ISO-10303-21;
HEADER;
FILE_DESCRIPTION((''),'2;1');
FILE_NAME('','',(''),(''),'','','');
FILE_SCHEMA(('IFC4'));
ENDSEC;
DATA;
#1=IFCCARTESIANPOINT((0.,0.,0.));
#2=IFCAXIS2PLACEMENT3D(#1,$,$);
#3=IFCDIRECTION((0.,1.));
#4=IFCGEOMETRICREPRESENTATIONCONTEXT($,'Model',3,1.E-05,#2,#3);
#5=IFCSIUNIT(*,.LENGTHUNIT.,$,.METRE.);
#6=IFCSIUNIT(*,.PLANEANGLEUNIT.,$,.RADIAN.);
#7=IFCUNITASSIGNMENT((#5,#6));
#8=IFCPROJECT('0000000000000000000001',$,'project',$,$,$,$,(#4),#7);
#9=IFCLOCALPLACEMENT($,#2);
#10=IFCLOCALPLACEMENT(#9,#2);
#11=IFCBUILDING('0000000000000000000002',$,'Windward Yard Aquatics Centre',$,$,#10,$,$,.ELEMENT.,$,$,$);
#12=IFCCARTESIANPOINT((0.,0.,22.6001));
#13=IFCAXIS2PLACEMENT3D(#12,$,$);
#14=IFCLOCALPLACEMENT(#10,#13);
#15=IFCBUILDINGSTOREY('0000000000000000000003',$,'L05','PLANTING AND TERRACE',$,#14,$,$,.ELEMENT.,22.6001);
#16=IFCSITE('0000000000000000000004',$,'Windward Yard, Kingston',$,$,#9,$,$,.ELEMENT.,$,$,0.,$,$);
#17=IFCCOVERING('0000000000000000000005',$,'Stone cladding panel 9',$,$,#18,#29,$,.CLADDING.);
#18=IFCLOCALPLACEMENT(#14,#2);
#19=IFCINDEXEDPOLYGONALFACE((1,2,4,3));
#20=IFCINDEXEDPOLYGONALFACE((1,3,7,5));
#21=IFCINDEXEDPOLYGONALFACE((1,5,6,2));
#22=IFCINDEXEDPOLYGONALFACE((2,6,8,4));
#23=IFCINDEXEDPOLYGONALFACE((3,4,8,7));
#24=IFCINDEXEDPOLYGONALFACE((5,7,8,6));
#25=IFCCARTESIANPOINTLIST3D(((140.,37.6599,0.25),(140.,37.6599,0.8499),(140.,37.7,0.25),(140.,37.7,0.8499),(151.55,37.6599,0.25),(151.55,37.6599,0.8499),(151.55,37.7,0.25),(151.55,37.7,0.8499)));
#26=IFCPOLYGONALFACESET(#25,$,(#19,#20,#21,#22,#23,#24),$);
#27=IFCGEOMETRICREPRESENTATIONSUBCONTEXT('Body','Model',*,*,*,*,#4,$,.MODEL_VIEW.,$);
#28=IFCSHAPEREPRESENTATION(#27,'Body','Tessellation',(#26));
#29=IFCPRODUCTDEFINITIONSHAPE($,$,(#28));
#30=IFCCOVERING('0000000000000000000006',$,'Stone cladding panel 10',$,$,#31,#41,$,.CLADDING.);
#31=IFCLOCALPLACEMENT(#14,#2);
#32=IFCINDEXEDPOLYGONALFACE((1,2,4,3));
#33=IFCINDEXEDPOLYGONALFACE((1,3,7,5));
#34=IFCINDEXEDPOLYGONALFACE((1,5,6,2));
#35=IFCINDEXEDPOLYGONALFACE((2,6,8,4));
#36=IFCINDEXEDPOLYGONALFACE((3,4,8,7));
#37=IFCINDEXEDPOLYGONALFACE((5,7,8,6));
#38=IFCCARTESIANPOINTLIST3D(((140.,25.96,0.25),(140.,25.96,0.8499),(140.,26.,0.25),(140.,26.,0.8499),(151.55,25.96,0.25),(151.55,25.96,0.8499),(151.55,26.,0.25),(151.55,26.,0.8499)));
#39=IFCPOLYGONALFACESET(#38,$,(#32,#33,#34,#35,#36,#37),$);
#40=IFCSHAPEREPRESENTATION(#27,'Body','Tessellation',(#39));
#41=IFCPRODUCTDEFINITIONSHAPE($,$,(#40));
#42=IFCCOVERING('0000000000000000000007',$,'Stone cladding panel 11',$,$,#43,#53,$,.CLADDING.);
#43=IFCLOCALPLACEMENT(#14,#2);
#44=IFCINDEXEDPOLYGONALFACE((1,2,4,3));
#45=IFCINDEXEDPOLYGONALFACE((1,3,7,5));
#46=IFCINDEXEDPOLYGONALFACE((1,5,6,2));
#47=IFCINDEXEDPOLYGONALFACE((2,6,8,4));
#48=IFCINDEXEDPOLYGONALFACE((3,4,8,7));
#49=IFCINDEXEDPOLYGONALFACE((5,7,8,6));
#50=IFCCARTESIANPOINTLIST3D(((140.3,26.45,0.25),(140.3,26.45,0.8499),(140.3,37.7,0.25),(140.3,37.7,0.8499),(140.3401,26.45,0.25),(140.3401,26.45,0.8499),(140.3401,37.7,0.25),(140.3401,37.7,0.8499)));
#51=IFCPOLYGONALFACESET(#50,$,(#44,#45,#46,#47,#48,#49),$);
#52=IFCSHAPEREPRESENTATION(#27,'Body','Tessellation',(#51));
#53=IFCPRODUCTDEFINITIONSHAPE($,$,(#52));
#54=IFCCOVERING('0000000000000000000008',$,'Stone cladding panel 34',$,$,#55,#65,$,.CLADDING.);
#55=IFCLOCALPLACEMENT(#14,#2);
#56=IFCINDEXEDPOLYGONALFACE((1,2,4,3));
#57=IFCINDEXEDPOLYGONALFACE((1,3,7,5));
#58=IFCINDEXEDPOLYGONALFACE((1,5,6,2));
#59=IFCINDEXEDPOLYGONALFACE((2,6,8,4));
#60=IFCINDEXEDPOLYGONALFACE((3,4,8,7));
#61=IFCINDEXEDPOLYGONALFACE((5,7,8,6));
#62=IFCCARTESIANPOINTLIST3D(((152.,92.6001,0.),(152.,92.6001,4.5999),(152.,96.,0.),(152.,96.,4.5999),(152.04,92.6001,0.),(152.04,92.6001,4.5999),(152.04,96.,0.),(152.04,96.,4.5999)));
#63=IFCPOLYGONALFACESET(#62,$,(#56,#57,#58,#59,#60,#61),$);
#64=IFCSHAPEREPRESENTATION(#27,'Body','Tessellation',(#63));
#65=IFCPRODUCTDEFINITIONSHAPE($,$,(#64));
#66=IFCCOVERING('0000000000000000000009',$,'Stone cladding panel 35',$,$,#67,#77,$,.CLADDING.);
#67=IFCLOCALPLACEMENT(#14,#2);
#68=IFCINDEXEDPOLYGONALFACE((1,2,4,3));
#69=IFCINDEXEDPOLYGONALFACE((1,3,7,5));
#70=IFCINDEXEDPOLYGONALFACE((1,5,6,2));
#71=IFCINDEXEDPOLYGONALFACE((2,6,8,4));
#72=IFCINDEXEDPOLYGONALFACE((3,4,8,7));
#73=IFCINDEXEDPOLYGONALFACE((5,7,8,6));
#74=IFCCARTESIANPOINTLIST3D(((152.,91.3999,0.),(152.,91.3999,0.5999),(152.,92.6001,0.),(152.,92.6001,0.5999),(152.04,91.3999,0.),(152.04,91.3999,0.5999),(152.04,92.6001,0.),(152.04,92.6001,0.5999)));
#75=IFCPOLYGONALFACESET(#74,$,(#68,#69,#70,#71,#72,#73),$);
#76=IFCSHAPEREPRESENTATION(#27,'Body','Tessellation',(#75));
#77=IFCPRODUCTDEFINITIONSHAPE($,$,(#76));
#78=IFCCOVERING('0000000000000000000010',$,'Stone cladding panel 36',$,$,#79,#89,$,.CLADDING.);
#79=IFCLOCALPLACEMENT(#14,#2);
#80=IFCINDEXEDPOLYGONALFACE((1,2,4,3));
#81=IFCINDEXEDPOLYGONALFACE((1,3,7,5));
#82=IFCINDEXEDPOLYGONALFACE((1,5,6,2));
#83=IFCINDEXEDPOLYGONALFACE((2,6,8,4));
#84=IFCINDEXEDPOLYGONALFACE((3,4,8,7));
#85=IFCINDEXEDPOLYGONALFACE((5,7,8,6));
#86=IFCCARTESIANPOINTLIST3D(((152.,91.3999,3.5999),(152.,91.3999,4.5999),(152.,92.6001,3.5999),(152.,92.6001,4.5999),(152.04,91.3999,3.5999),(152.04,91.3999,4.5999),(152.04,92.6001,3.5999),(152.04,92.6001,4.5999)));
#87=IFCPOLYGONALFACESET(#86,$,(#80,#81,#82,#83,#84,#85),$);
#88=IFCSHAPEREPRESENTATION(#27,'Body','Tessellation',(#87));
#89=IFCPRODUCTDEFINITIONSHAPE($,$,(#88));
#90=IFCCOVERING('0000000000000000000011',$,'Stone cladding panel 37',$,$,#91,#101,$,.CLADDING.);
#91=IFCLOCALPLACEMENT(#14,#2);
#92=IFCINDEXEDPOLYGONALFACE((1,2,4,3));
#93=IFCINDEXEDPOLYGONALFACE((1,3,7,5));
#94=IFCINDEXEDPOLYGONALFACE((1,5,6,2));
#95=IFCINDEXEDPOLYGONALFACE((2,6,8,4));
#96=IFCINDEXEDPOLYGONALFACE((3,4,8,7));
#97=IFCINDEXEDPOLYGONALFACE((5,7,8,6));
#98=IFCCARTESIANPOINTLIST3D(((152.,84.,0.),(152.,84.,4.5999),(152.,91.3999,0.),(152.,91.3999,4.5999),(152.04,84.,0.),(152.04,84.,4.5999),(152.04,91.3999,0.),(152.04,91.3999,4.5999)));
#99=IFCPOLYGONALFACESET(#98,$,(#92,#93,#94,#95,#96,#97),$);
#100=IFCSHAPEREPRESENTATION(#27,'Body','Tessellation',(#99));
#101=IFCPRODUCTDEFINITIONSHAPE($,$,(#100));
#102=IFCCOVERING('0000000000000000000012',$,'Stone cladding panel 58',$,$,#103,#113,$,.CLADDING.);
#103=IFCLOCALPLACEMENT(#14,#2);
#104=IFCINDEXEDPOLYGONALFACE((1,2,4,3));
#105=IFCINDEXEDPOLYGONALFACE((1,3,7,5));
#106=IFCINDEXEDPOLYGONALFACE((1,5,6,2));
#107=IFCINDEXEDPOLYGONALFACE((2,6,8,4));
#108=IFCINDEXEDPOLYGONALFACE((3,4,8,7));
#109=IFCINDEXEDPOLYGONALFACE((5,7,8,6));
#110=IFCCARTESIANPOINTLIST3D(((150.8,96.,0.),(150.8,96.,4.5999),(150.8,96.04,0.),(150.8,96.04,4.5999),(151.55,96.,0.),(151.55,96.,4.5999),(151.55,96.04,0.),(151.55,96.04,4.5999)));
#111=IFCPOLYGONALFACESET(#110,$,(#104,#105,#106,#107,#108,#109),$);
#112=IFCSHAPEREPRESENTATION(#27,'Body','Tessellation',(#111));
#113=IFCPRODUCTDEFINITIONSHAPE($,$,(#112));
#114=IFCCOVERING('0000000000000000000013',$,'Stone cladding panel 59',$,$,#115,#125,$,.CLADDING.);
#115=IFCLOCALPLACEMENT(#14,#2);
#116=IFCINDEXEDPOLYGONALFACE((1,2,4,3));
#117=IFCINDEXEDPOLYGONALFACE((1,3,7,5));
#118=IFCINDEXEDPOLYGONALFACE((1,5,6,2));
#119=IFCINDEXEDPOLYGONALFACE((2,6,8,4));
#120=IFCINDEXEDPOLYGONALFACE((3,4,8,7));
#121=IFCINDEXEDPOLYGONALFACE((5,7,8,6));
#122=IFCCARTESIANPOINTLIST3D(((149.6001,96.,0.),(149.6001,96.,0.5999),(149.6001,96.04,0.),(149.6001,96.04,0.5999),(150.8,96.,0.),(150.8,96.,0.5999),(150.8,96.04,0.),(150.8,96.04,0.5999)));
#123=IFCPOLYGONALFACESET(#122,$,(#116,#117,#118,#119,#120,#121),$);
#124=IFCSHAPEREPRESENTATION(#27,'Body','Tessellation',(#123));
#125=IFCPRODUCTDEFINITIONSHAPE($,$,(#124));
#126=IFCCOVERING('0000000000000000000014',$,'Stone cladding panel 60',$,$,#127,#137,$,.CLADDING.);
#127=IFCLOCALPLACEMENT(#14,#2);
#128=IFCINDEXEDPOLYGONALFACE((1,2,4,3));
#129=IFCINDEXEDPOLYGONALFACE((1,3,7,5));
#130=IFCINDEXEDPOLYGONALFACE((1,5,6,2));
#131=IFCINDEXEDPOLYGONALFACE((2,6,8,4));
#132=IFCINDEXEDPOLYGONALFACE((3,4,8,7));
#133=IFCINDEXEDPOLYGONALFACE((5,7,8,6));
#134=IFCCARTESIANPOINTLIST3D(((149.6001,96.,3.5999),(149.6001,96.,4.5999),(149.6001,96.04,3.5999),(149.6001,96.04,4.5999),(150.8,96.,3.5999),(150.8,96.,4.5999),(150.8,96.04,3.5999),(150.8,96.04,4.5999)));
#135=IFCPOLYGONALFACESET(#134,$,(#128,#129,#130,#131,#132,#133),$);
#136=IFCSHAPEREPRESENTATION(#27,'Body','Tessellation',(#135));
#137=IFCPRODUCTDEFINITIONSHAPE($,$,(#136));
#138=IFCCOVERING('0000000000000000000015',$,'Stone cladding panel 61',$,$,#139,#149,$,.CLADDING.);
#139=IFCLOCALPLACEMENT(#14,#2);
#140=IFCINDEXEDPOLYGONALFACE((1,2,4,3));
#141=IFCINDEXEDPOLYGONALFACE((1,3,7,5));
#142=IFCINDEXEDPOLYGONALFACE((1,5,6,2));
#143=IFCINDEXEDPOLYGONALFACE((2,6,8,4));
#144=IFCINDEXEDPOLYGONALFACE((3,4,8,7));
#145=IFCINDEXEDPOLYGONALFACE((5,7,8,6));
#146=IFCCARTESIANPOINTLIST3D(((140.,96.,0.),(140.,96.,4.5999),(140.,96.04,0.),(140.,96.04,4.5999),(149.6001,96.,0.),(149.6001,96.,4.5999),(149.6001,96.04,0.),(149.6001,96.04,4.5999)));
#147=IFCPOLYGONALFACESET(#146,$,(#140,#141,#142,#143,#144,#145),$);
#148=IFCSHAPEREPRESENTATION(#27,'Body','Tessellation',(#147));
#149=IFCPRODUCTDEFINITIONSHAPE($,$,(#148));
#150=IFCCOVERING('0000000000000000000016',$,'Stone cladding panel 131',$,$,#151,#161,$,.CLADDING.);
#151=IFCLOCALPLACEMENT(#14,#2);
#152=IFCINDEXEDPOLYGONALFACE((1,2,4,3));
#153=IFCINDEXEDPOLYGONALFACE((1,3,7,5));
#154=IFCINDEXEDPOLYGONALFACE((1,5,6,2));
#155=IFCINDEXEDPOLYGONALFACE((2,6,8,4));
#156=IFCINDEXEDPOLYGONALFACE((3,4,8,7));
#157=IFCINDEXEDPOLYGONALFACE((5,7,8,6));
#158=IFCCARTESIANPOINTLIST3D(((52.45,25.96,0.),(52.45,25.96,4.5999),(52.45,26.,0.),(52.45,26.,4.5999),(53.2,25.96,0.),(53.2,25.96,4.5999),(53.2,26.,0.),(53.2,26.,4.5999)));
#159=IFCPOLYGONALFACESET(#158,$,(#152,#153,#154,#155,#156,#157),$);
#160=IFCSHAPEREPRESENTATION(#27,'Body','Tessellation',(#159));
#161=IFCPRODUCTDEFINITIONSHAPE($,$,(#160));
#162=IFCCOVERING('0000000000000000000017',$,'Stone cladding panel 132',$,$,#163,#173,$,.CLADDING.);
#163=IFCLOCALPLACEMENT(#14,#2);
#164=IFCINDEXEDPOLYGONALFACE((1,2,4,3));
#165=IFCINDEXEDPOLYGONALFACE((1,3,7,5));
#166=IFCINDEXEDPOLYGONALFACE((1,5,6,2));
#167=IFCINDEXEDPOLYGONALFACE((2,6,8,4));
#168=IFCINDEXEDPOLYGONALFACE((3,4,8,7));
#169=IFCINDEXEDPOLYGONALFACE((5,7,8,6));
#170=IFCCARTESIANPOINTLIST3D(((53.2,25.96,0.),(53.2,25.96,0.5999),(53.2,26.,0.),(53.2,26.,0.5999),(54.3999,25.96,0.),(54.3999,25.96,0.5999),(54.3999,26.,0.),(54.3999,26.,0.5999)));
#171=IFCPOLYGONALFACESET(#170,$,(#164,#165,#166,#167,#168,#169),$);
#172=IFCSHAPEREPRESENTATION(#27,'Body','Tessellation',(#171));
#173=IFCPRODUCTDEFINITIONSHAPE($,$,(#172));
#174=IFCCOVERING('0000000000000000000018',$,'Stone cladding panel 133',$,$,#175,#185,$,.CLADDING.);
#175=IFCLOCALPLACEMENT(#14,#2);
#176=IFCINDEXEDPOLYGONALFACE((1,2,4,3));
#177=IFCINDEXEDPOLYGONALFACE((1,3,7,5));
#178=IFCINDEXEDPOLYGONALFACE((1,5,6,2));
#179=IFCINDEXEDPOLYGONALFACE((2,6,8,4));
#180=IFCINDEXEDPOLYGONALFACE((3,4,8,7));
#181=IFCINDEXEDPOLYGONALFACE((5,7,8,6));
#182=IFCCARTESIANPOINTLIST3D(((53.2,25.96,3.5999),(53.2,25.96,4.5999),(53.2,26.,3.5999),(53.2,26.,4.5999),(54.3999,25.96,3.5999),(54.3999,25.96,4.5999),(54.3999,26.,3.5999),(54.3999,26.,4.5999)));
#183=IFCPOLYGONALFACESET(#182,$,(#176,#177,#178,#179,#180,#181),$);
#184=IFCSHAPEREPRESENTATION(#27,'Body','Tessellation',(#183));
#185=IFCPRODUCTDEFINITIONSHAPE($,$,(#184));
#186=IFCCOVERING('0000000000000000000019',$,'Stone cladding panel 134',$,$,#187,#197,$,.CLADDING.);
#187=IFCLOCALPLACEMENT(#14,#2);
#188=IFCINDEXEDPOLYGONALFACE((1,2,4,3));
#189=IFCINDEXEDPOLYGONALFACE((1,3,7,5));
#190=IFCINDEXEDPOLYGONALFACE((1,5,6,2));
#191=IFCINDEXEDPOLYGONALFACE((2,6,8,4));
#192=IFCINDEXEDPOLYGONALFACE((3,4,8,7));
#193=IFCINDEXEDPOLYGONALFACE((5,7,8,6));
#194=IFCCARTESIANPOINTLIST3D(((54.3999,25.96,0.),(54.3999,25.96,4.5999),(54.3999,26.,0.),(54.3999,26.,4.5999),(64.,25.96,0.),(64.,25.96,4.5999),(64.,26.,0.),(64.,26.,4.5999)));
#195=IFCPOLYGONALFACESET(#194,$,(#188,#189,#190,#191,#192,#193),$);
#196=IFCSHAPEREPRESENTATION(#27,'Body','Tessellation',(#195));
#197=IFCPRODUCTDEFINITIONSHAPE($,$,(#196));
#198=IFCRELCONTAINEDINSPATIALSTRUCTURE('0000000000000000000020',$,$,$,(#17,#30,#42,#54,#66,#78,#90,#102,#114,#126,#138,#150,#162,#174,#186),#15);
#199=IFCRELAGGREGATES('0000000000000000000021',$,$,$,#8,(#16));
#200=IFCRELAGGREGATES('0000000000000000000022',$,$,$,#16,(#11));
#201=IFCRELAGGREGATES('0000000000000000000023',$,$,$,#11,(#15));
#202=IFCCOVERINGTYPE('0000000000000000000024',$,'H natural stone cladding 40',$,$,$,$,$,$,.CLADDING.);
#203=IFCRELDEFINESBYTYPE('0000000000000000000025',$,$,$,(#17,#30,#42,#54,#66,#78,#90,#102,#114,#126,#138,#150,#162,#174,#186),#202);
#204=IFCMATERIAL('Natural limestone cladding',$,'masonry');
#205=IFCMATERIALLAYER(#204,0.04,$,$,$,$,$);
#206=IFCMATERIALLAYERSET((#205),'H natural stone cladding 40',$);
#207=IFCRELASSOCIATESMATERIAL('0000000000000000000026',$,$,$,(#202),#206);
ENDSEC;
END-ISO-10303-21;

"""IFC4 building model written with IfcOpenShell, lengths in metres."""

from ifc_helpers import new_model, si_unit, direction, frame, origin, place, context, subcontext, project, spatial, polyline, outline, extrude, material, layer, layer_set, type_object, element, save


model = new_model("IFC4")

# Units and contexts
model_context = context("Model", 3, precision=1e-05, world=origin(), true_north=direction((0.0, 1.0)))
body_context = subcontext(model_context, "Body", "Model", "MODEL_VIEW")
ifc_project = project(units=[si_unit("LENGTHUNIT", "METRE"), si_unit("PLANEANGLEUNIT", "RADIAN")], contexts=[model_context])

# Site, building, storey
site_placement = place(None, origin())
site = spatial("IfcSite", under=ifc_project, at=site_placement, Name="Windward Yard, Kingston", CompositionType="ELEMENT", RefElevation=0.0)
building_placement = place(site_placement, origin())
building = spatial("IfcBuilding", under=site, at=building_placement, Name="Windward Yard Aquatics Centre", CompositionType="ELEMENT")
storey_placement = place(building_placement, frame((0.0, 0.0, 22.6001)))
storey = spatial("IfcBuildingStorey", under=building, at=storey_placement, Name="L05", Description="PLANTING AND TERRACE", CompositionType="ELEMENT", Elevation=22.6001)

# Coverings
ifc_material = material(Name="Natural limestone cladding", Category="masonry")
ifc_layer = layer(ifc_material, 0.04)
ifc_layer_set = layer_set([ifc_layer], Name="H natural stone cladding 40")
covering_type = type_object("IfcCoveringType", Name="H natural stone cladding 40", PredefinedType="CLADDING", material=ifc_layer_set)
covering_1_placement = place(storey_placement, frame((0.0, 0.0, 0.25)))
element("IfcCovering", 1, at=covering_1_placement, inside=storey, type_object=covering_type, Name="Stone cladding panel 9", PredefinedType="CLADDING", context=body_context, shape_type="SweptSolid", body=[
    extrude(outline(polyline([(140.0, 37.6599), (151.55, 37.6599), (151.55, 37.7), (140.0, 37.7), (140.0, 37.6599)])), origin(), (0.0, 0.0, 1.0), 0.5999),
])
covering_2_placement = place(storey_placement, frame((0.0, 0.0, 0.25)))
element("IfcCovering", 2, at=covering_2_placement, inside=storey, type_object=covering_type, Name="Stone cladding panel 10", PredefinedType="CLADDING", context=body_context, shape_type="SweptSolid", body=[
    extrude(outline(polyline([(140.0, 25.96), (151.55, 25.96), (151.55, 26.0), (140.0, 26.0), (140.0, 25.96)])), origin(), (0.0, 0.0, 1.0), 0.5999),
])
covering_3_placement = place(storey_placement, frame((0.0, 0.0, 0.25)))
element("IfcCovering", 3, at=covering_3_placement, inside=storey, type_object=covering_type, Name="Stone cladding panel 11", PredefinedType="CLADDING", context=body_context, shape_type="SweptSolid", body=[
    extrude(outline(polyline([(140.3, 26.45), (140.3, 37.7), (140.3401, 37.7), (140.3401, 26.45), (140.3, 26.45)])), origin(), (0.0, 0.0, 1.0), 0.5999),
])
covering_4_placement = place(storey_placement, origin())
element("IfcCovering", 4, at=covering_4_placement, inside=storey, type_object=covering_type, Name="Stone cladding panel 34", PredefinedType="CLADDING", context=body_context, shape_type="SweptSolid", body=[
    extrude(outline(polyline([(152.0, 92.6001), (152.04, 92.6001), (152.04, 96.0), (152.0, 96.0), (152.0, 92.6001)])), origin(), (0.0, 0.0, 1.0), 4.5999),
])
covering_5_placement = place(storey_placement, origin())
element("IfcCovering", 5, at=covering_5_placement, inside=storey, type_object=covering_type, Name="Stone cladding panel 35", PredefinedType="CLADDING", context=body_context, shape_type="SweptSolid", body=[
    extrude(outline(polyline([(152.0, 91.3999), (152.04, 91.3999), (152.04, 92.6001), (152.0, 92.6001), (152.0, 91.3999)])), origin(), (0.0, 0.0, 1.0), 0.5999),
])
covering_6_placement = place(storey_placement, frame((0.0, 0.0, 3.5999)))
element("IfcCovering", 6, at=covering_6_placement, inside=storey, type_object=covering_type, Name="Stone cladding panel 36", PredefinedType="CLADDING", context=body_context, shape_type="SweptSolid", body=[
    extrude(outline(polyline([(152.0, 91.3999), (152.04, 91.3999), (152.04, 92.6001), (152.0, 92.6001), (152.0, 91.3999)])), origin(), (0.0, 0.0, 1.0), 1.0),
])
covering_7_placement = place(storey_placement, origin())
element("IfcCovering", 7, at=covering_7_placement, inside=storey, type_object=covering_type, Name="Stone cladding panel 37", PredefinedType="CLADDING", context=body_context, shape_type="SweptSolid", body=[
    extrude(outline(polyline([(152.0, 84.0), (152.04, 84.0), (152.04, 91.3999), (152.0, 91.3999), (152.0, 84.0)])), origin(), (0.0, 0.0, 1.0), 4.5999),
])
covering_8_placement = place(storey_placement, origin())
element("IfcCovering", 8, at=covering_8_placement, inside=storey, type_object=covering_type, Name="Stone cladding panel 58", PredefinedType="CLADDING", context=body_context, shape_type="SweptSolid", body=[
    extrude(outline(polyline([(150.8, 96.0), (150.8, 96.04), (151.55, 96.04), (151.55, 96.0), (150.8, 96.0)])), origin(), (0.0, 0.0, 1.0), 4.5999),
])
covering_9_placement = place(storey_placement, origin())
element("IfcCovering", 9, at=covering_9_placement, inside=storey, type_object=covering_type, Name="Stone cladding panel 59", PredefinedType="CLADDING", context=body_context, shape_type="SweptSolid", body=[
    extrude(outline(polyline([(149.6001, 96.0), (149.6001, 96.04), (150.8, 96.04), (150.8, 96.0), (149.6001, 96.0)])), origin(), (0.0, 0.0, 1.0), 0.5999),
])
covering_10_placement = place(storey_placement, frame((0.0, 0.0, 3.5999)))
element("IfcCovering", 10, at=covering_10_placement, inside=storey, type_object=covering_type, Name="Stone cladding panel 60", PredefinedType="CLADDING", context=body_context, shape_type="SweptSolid", body=[
    extrude(outline(polyline([(149.6001, 96.0), (149.6001, 96.04), (150.8, 96.04), (150.8, 96.0), (149.6001, 96.0)])), origin(), (0.0, 0.0, 1.0), 1.0),
])
covering_11_placement = place(storey_placement, origin())
element("IfcCovering", 11, at=covering_11_placement, inside=storey, type_object=covering_type, Name="Stone cladding panel 61", PredefinedType="CLADDING", context=body_context, shape_type="SweptSolid", body=[
    extrude(outline(polyline([(140.0, 96.0), (140.0, 96.04), (149.6001, 96.04), (149.6001, 96.0), (140.0, 96.0)])), origin(), (0.0, 0.0, 1.0), 4.5999),
])
covering_12_placement = place(storey_placement, origin())
element("IfcCovering", 12, at=covering_12_placement, inside=storey, type_object=covering_type, Name="Stone cladding panel 131", PredefinedType="CLADDING", context=body_context, shape_type="SweptSolid", body=[
    extrude(outline(polyline([(52.45, 25.96), (52.45, 26.0), (53.2, 26.0), (53.2, 25.96), (52.45, 25.96)])), origin(), (0.0, 0.0, 1.0), 4.5999),
])
covering_13_placement = place(storey_placement, origin())
element("IfcCovering", 13, at=covering_13_placement, inside=storey, type_object=covering_type, Name="Stone cladding panel 132", PredefinedType="CLADDING", context=body_context, shape_type="SweptSolid", body=[
    extrude(outline(polyline([(53.2, 25.96), (53.2, 26.0), (54.3999, 26.0), (54.3999, 25.96), (53.2, 25.96)])), origin(), (0.0, 0.0, 1.0), 0.5999),
])
covering_14_placement = place(storey_placement, frame((0.0, 0.0, 3.5999)))
element("IfcCovering", 14, at=covering_14_placement, inside=storey, type_object=covering_type, Name="Stone cladding panel 133", PredefinedType="CLADDING", context=body_context, shape_type="SweptSolid", body=[
    extrude(outline(polyline([(53.2, 25.96), (53.2, 26.0), (54.3999, 26.0), (54.3999, 25.96), (53.2, 25.96)])), origin(), (0.0, 0.0, 1.0), 1.0),
])
covering_15_placement = place(storey_placement, origin())
element("IfcCovering", 15, at=covering_15_placement, inside=storey, type_object=covering_type, Name="Stone cladding panel 134", PredefinedType="CLADDING", context=body_context, shape_type="SweptSolid", body=[
    extrude(outline(polyline([(54.3999, 25.96), (54.3999, 26.0), (64.0, 26.0), (64.0, 25.96), (54.3999, 25.96)])), origin(), (0.0, 0.0, 1.0), 4.5999),
])

save(model, "model.ifc")
